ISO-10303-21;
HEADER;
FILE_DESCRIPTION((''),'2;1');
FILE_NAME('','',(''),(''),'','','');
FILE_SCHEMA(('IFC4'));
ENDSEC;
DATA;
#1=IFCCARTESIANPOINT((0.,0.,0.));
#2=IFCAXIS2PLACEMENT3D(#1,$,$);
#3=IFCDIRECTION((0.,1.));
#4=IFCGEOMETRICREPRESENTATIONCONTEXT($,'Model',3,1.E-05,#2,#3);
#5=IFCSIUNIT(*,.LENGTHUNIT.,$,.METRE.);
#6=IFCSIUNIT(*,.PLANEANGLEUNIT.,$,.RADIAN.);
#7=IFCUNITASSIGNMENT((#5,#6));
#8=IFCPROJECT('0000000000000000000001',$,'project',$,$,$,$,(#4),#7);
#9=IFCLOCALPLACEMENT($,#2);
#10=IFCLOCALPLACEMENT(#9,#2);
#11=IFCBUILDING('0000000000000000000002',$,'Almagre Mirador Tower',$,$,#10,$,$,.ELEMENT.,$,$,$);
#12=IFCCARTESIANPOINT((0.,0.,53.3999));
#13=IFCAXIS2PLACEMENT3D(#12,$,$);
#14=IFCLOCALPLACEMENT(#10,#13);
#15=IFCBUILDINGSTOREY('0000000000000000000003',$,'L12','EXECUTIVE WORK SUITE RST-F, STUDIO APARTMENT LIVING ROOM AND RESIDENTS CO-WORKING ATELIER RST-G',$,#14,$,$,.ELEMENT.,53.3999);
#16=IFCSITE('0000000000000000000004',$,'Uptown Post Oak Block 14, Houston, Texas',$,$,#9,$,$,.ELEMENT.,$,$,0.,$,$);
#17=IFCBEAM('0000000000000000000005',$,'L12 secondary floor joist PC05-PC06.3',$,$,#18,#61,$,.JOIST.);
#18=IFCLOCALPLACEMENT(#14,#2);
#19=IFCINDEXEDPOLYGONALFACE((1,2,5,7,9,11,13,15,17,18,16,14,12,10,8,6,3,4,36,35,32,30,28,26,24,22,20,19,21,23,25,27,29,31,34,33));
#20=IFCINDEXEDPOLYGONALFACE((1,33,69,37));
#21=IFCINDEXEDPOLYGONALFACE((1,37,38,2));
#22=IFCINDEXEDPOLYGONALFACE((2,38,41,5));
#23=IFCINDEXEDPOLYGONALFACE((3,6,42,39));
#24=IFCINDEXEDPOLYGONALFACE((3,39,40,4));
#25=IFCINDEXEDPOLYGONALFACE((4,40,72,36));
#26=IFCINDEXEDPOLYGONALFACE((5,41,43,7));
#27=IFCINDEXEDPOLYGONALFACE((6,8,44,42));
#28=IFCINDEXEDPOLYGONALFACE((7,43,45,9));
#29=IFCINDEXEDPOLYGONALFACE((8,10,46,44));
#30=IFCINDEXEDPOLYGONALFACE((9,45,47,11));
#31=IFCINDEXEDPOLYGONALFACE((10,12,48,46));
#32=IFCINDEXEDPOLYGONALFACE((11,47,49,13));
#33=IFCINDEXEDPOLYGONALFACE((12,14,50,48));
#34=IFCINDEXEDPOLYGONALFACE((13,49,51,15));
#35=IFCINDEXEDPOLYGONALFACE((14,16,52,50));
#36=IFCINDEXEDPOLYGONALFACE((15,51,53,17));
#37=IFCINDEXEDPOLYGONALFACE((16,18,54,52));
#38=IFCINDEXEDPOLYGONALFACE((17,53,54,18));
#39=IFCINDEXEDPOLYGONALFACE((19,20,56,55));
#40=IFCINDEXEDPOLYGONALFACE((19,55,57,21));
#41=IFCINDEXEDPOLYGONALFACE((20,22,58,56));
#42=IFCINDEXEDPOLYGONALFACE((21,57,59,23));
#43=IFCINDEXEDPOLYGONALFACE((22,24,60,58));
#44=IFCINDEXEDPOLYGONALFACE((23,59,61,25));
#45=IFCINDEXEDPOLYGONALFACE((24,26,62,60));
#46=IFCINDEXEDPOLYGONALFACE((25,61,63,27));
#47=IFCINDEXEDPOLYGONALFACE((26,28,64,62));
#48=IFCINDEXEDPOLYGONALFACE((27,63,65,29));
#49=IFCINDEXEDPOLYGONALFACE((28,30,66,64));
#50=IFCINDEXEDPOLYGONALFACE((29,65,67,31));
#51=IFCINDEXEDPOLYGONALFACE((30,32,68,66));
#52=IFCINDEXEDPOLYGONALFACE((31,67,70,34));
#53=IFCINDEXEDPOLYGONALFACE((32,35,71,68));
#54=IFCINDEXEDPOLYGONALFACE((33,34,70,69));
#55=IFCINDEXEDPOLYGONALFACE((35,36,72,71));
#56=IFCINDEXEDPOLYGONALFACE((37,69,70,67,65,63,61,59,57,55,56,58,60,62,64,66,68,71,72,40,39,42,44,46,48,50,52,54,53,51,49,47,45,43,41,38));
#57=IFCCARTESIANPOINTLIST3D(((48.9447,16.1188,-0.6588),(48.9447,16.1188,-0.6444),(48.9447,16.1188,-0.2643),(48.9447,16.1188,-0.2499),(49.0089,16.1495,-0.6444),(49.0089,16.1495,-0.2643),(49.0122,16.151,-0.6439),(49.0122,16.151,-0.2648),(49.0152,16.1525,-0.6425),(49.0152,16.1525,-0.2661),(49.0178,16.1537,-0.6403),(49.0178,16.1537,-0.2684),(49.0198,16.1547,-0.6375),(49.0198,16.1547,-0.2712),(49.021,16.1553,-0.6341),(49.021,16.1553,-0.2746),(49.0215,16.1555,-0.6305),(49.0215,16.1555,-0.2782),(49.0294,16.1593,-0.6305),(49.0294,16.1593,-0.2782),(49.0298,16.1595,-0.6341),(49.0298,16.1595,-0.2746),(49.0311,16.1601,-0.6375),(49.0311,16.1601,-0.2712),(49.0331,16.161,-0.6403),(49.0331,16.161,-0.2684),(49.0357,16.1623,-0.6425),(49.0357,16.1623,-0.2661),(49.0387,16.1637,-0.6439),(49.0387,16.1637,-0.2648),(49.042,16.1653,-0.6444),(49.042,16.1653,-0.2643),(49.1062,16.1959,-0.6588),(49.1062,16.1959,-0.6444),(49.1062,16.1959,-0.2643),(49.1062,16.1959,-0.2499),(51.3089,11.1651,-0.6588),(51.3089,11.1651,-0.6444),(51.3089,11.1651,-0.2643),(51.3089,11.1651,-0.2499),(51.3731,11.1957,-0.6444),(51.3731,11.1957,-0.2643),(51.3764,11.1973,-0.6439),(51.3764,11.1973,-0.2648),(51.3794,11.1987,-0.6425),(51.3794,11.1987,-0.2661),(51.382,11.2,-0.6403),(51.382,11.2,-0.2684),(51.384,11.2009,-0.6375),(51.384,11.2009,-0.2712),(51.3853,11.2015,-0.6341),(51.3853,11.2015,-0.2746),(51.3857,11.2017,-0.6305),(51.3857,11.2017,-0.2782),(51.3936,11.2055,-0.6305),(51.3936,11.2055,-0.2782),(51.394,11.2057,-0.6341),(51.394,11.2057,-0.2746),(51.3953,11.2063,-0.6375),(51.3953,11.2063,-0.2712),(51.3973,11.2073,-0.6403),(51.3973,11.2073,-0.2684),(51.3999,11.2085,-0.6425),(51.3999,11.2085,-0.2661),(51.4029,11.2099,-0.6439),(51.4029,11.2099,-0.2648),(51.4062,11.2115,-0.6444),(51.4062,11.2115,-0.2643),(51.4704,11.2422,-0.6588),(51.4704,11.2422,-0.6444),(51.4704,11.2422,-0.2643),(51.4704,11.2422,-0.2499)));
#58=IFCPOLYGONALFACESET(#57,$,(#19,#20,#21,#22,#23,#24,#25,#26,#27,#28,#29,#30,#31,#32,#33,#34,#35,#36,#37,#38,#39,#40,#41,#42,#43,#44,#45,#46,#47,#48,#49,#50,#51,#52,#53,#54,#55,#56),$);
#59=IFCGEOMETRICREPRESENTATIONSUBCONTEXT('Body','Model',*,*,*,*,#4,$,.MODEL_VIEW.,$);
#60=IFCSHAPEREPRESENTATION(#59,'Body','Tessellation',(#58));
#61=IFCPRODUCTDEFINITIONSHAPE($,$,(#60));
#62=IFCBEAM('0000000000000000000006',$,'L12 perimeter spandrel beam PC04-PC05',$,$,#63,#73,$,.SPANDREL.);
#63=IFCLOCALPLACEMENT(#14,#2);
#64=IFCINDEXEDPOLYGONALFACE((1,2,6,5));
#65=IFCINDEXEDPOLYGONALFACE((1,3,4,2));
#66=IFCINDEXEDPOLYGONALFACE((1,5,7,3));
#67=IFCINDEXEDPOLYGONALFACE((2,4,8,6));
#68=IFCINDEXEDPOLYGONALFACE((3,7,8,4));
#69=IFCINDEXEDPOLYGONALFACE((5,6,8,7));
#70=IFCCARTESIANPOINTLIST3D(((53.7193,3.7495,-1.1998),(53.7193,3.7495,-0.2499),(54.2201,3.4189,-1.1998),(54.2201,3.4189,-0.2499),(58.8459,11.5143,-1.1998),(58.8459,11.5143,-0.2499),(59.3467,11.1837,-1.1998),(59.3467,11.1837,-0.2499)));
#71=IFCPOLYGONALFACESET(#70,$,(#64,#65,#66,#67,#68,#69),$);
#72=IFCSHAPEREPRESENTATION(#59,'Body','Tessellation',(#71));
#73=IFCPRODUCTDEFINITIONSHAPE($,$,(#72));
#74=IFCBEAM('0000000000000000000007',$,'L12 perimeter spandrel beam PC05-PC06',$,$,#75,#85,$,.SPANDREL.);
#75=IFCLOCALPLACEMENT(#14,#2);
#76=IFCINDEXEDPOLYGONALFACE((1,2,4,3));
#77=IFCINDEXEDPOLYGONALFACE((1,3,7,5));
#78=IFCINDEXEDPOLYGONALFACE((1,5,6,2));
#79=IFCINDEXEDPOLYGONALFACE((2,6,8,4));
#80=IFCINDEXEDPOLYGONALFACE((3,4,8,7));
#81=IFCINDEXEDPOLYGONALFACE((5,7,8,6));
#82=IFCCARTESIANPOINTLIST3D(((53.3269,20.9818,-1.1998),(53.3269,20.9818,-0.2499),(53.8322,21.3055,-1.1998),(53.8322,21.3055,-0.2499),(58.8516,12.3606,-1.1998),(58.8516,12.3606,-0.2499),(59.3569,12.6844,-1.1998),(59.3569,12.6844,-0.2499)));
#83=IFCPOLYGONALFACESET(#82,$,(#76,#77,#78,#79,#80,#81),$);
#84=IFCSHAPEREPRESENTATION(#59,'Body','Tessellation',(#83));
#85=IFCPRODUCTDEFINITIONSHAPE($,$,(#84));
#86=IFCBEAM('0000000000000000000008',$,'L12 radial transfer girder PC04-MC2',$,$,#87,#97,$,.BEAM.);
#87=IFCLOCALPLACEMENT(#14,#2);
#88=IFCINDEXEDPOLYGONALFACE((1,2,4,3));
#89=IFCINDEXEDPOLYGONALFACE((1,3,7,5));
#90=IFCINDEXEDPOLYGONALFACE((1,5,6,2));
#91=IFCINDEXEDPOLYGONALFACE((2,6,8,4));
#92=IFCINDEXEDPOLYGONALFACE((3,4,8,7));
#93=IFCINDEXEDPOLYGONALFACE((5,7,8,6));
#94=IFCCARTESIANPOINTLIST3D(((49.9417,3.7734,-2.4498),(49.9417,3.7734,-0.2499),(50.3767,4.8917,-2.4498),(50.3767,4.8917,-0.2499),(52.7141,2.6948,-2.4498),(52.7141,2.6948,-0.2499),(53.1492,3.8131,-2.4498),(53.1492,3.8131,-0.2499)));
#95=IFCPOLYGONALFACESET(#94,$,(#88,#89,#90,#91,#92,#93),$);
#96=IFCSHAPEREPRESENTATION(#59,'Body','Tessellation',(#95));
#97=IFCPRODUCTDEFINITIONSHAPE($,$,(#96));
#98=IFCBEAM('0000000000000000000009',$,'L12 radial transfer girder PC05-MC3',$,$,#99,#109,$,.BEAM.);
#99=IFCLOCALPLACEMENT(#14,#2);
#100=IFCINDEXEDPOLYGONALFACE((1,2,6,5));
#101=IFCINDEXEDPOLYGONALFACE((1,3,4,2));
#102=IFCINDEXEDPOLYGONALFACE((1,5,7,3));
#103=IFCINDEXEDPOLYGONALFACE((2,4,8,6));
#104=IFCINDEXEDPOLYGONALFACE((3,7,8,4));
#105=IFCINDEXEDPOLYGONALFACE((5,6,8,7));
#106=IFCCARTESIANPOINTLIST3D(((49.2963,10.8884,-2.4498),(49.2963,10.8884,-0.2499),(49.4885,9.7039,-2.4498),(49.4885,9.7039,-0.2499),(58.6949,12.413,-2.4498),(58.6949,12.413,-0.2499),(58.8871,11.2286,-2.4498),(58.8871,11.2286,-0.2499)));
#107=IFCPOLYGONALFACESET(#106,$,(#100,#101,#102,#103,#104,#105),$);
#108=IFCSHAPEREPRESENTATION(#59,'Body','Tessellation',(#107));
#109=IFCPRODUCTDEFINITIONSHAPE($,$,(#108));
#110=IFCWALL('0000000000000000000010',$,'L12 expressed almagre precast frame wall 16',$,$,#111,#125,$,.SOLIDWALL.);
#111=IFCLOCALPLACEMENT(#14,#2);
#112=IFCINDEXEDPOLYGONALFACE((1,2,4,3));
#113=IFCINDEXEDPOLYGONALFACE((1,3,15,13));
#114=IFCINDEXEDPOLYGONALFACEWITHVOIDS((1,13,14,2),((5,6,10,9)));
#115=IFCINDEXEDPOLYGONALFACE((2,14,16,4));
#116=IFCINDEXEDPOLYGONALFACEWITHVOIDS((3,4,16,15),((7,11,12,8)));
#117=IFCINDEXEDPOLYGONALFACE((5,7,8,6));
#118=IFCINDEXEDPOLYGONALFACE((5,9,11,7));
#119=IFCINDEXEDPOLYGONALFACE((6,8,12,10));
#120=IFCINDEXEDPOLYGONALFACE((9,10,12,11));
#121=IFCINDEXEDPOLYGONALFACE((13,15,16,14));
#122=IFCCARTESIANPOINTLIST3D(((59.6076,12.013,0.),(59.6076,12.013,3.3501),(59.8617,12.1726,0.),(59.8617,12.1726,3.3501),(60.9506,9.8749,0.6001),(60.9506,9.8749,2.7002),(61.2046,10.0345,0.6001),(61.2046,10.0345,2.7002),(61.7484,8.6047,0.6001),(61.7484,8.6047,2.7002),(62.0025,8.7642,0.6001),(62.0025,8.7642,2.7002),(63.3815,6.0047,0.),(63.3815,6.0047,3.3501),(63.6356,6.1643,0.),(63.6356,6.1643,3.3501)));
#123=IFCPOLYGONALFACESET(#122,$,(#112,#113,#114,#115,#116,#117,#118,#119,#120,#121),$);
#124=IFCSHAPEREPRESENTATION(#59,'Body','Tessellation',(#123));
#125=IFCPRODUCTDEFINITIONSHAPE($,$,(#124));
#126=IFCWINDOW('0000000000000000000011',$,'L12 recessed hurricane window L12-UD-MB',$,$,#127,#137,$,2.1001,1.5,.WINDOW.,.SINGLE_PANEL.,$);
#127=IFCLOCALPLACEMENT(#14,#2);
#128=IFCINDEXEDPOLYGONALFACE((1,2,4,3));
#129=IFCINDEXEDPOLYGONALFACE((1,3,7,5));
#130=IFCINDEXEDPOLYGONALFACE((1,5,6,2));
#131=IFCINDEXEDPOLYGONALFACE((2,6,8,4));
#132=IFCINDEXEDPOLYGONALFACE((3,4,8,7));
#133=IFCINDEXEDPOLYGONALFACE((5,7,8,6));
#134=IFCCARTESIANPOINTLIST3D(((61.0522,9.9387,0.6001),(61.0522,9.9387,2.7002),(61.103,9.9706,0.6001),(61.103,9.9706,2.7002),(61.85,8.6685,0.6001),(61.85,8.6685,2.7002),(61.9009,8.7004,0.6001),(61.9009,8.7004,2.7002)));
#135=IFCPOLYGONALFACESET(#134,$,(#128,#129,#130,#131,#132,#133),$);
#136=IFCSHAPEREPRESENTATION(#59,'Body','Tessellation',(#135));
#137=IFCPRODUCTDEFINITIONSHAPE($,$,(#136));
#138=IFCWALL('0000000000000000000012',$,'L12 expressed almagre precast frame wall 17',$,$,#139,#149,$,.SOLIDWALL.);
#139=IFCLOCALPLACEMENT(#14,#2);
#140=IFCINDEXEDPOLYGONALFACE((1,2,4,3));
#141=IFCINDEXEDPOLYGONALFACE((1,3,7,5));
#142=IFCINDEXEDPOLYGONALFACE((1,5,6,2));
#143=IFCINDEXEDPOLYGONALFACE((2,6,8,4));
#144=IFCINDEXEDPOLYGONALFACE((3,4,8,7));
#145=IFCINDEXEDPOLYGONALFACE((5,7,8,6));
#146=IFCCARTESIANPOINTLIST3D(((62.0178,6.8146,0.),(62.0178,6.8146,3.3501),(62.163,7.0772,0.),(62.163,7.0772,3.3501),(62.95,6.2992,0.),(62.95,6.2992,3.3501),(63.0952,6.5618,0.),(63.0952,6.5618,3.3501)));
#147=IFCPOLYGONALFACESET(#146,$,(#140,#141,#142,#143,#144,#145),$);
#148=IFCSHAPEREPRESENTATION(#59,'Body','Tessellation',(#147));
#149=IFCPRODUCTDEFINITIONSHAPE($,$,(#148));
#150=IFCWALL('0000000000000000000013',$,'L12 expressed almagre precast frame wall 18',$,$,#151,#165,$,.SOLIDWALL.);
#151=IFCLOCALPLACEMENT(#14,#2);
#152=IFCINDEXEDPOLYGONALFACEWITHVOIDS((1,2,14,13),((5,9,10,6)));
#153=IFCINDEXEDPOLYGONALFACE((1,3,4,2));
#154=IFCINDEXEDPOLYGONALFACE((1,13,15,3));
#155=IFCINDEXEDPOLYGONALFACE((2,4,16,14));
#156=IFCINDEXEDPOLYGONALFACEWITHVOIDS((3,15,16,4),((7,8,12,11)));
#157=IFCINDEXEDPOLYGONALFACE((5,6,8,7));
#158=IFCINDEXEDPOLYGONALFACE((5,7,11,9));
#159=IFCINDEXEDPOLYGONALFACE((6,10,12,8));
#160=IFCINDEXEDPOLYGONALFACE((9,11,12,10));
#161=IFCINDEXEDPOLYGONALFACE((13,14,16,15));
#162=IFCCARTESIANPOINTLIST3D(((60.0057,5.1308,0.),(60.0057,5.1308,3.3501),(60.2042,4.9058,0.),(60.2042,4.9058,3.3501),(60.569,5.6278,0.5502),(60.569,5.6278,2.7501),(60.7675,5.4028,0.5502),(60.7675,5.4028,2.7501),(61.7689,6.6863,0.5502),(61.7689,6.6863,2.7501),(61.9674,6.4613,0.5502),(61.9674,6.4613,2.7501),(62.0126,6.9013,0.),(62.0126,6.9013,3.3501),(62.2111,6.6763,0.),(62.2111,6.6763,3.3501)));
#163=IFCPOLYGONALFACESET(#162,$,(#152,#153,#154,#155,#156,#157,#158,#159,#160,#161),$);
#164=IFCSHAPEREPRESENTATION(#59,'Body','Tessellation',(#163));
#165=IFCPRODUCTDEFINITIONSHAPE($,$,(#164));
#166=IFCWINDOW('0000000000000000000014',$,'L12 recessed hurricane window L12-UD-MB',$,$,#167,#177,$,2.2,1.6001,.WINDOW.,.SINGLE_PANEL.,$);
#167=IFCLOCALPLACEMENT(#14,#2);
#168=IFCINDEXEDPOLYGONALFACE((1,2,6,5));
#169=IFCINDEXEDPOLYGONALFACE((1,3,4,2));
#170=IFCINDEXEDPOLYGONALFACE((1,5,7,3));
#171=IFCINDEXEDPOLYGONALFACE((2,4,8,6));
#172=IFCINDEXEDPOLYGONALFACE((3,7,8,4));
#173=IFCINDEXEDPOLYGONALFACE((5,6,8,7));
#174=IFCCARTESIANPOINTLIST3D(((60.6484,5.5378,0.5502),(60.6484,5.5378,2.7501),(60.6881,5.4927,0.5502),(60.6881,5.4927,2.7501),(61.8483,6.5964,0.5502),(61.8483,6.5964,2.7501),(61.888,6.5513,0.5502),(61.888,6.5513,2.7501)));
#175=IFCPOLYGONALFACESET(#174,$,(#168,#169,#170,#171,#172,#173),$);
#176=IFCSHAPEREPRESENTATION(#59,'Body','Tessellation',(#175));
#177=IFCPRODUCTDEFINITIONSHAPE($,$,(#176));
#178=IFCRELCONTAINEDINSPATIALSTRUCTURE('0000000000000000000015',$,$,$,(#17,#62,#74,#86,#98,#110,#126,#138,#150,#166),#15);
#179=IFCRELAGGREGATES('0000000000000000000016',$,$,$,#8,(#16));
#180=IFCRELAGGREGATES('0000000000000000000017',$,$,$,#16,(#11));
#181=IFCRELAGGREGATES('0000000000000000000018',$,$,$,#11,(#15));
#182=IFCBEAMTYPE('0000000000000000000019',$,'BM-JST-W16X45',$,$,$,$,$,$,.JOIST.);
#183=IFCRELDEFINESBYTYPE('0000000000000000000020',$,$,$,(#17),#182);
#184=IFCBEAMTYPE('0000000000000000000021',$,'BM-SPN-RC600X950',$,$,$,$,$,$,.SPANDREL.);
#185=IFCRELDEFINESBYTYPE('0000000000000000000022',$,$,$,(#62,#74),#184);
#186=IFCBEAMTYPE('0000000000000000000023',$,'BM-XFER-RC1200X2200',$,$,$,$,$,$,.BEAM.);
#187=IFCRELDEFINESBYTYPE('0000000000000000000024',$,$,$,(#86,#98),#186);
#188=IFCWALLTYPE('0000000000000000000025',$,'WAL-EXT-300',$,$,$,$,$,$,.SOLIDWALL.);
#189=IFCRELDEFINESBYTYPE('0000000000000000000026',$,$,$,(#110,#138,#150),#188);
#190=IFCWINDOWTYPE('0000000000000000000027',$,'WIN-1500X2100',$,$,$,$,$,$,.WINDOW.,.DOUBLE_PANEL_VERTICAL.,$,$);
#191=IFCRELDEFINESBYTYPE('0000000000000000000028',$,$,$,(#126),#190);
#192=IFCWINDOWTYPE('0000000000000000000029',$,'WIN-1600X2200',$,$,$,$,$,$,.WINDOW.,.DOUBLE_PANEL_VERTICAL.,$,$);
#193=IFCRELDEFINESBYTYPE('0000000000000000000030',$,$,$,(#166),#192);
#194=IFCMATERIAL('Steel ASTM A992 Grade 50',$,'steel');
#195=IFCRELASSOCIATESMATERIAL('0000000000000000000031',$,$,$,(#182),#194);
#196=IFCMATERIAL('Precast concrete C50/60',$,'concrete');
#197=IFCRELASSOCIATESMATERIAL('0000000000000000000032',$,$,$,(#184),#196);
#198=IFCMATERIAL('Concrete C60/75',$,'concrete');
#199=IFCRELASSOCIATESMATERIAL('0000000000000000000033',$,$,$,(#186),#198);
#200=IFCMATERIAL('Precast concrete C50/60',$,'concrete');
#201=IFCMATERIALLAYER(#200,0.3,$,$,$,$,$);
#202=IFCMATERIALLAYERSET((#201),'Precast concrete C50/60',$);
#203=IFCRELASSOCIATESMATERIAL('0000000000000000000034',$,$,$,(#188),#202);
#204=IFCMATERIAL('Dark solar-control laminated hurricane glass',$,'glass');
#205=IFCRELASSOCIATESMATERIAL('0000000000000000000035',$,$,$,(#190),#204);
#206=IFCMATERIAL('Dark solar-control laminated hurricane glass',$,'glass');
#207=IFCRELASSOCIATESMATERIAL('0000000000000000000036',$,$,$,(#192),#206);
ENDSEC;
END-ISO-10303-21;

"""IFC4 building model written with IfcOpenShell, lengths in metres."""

from ifc_helpers import new_model, si_unit, direction, frame, frame_2d, origin, origin_2d, place, context, subcontext, project, spatial, rectangle, i_section, extrude, material, layer, layer_set, material_profile, profile_set, type_object, element, fill, save


model = new_model("IFC4")

# Units and contexts
model_context = context("Model", 3, precision=1e-05, world=origin(), true_north=direction((0.0, 1.0)))
body_context = subcontext(model_context, "Body", "Model", "MODEL_VIEW")
ifc_project = project(units=[si_unit("LENGTHUNIT", "METRE"), si_unit("PLANEANGLEUNIT", "RADIAN")], contexts=[model_context])

# Site, building, storey
site_placement = place(None, origin())
site = spatial("IfcSite", under=ifc_project, at=site_placement, Name="Uptown Post Oak Block 14, Houston, Texas", CompositionType="ELEMENT", RefElevation=0.0)
building_placement = place(site_placement, origin())
building = spatial("IfcBuilding", under=site, at=building_placement, Name="Almagre Mirador Tower", CompositionType="ELEMENT")
storey_placement = place(building_placement, frame((0.0, 0.0, 53.3999)))
storey = spatial("IfcBuildingStorey", under=building, at=storey_placement, Name="L12", Description="EXECUTIVE WORK SUITE RST-F, STUDIO APARTMENT LIVING ROOM AND RESIDENTS CO-WORKING ATELIER RST-G", CompositionType="ELEMENT", Elevation=53.3999)

# Beams
ifc_material_1 = material(Name="Steel ASTM A992 Grade 50", Category="steel")
ifc_material_profile_1 = material_profile(ifc_material_1, i_section(OverallWidth=0.179, OverallDepth=0.4089, WebThickness=0.0088, FlangeThickness=0.0144, FilletRadius=0.0139, at=origin_2d()), Name="W16X45")
ifc_profile_set_1 = profile_set([ifc_material_profile_1], Name="Steel ASTM A992 Grade 50")
beam_type_1 = type_object("IfcBeamType", Name="BM-JST-W16X45", PredefinedType="JOIST", material=ifc_profile_set_1)
beam_1_placement = place(storey_placement, frame((51.3896, 11.2036, -0.4543), z_axis=(-0.430717, 0.902487, 0.0), x_axis=(-0.902487, -0.430717, 0.0)))
element("IfcBeam", 1, at=beam_1_placement, inside=storey, type_object=beam_type_1, Name="L12 secondary floor joist PC05-PC06.3", PredefinedType="JOIST", context=body_context, shape_type="SweptSolid", body=[
    extrude(i_section(OverallWidth=0.179, OverallDepth=0.4089, WebThickness=0.0088, FlangeThickness=0.0144, FilletRadius=0.0139, at=origin_2d()), origin(), (0.0, 0.0, 1.0), 5.489),
])
ifc_material_2 = material(Name="Precast concrete C50/60", Category="concrete")
ifc_material_profile_2 = material_profile(ifc_material_2, rectangle(XDim=0.6001, YDim=0.95, at=origin_2d()), Name="RC600X950")
ifc_profile_set_2 = profile_set([ifc_material_profile_2], Name="Precast concrete C50/60")
beam_type_2 = type_object("IfcBeamType", Name="BM-SPN-RC600X950", PredefinedType="SPANDREL", material=ifc_profile_set_2)
beam_2_placement = place(storey_placement, frame((53.9697, 3.5842, -0.7249), z_axis=(0.550977, 0.834521, 0.0), x_axis=(-0.834521, 0.550977, 0.0)))
element("IfcBeam", 2, at=beam_2_placement, inside=storey, type_object=beam_type_2, Name="L12 perimeter spandrel beam PC04-PC05", PredefinedType="SPANDREL", context=body_context, shape_type="SweptSolid", body=[
    extrude(rectangle(XDim=0.6001, YDim=0.95, at=origin_2d()), origin(), (0.0, 0.0, 1.0), 9.3044),
])
beam_3_placement = place(storey_placement, frame((59.1042, 12.5225, -0.7249), z_axis=(-0.53955, 0.841954, 0.0), x_axis=(-0.841954, -0.53955, 0.0)))
element("IfcBeam", 3, at=beam_3_placement, inside=storey, type_object=beam_type_2, Name="L12 perimeter spandrel beam PC05-PC06", PredefinedType="SPANDREL", context=body_context, shape_type="SweptSolid", body=[
    extrude(rectangle(XDim=0.6001, YDim=0.95, at=origin_2d()), origin(), (0.0, 0.0, 1.0), 10.2395),
])
ifc_material_3 = material(Name="Concrete C60/75", Category="concrete")
ifc_material_profile_3 = material_profile(ifc_material_3, rectangle(XDim=1.2, YDim=2.2, at=origin_2d()), Name="RC1200X2200")
ifc_profile_set_3 = profile_set([ifc_material_profile_3], Name="Concrete C60/75")
beam_type_3 = type_object("IfcBeamType", Name="BM-XFER-RC1200X2200", PredefinedType="BEAM", material=ifc_profile_set_3)
beam_4_placement = place(storey_placement, frame((52.9316, 3.2539, -1.3499), z_axis=(-0.931955, 0.362573, 0.0), x_axis=(-0.362573, -0.931955, 0.0)))
element("IfcBeam", 4, at=beam_4_placement, inside=storey, type_object=beam_type_3, Name="L12 radial transfer girder PC04-MC2", PredefinedType="BEAM", context=body_context, shape_type="SweptSolid", body=[
    extrude(rectangle(XDim=1.2, YDim=2.2, at=origin_2d()), origin(), (0.0, 0.0, 1.0), 2.9749),
])
beam_5_placement = place(storey_placement, frame((58.791, 11.8208, -1.3499), z_axis=(-0.987096, -0.160127, 0.0), x_axis=(0.160127, -0.987096, 0.0)))
element("IfcBeam", 5, at=beam_5_placement, inside=storey, type_object=beam_type_3, Name="L12 radial transfer girder PC05-MC3", PredefinedType="BEAM", context=body_context, shape_type="SweptSolid", body=[
    extrude(rectangle(XDim=1.2, YDim=2.2, at=origin_2d()), origin(), (0.0, 0.0, 1.0), 9.5215),
])

# Wall, opening, window
ifc_material_4 = material(Name="Precast concrete C50/60", Category="concrete")
ifc_layer_1 = layer(ifc_material_4, 0.3)
ifc_layer_set_1 = layer_set([ifc_layer_1], Name="Precast concrete C50/60")
wall_type_1 = type_object("IfcWallType", Name="WAL-EXT-300", PredefinedType="SOLIDWALL", material=ifc_layer_set_1)
wall_1_placement = place(storey_placement, frame((59.7346, 12.0928, 0.0), z_axis=(0.0, 0.0, 1.0), x_axis=(0.531897, -0.846809, 0.0)))
wall_1 = element("IfcWall", 6, at=wall_1_placement, inside=storey, type_object=wall_type_1, Name="L12 expressed almagre precast frame wall 16", PredefinedType="SOLIDWALL", context=body_context, shape_type="SweptSolid", body=[
    extrude(rectangle(XDim=7.0952, YDim=0.3, at=frame_2d((3.5476, 0.0))), origin(), (0.0, 0.0, 1.0), 3.3501),
])
opening_1_placement = place(wall_1_placement, frame((2.5249, 0.0, 0.6001)))
opening_1 = element("IfcOpeningElement", 7, at=opening_1_placement, cuts=wall_1, PredefinedType="OPENING", context=body_context, shape_type="SweptSolid", body=[
    extrude(rectangle(XDim=1.5, YDim=2.1001, at=frame_2d((0.75, 1.05))), frame((0.0, 0.1599, 0.0), z_axis=(0.0, -1.0, 0.0), x_axis=(1.0, 0.0, 0.0)), (0.0, 0.0, 1.0), 0.32),
])
ifc_material_5 = material(Name="Dark solar-control laminated hurricane glass", Category="glass")
window_type_1 = type_object("IfcWindowType", Name="WIN-1500X2100", PartitioningType="DOUBLE_PANEL_VERTICAL", PredefinedType="WINDOW", material=ifc_material_5)
window_1_placement = place(opening_1_placement, origin())
window_1 = element("IfcWindow", 8, at=window_1_placement, inside=storey, type_object=window_type_1, Name="L12 recessed hurricane window L12-UD-MB", OverallHeight=2.1001, OverallWidth=1.5, PartitioningType="SINGLE_PANEL", PredefinedType="WINDOW", context=body_context, shape_type="SweptSolid", body=[
    extrude(rectangle(XDim=1.5, YDim=2.1001, at=frame_2d((0.75, 1.05))), frame((0.0, 0.03, 0.0), z_axis=(0.0, -1.0, 0.0), x_axis=(1.0, 0.0, 0.0)), (0.0, 0.0, 1.0), 0.0601),
])
fill(opening_1, window_1)

# Wall
wall_2_placement = place(storey_placement, frame((63.0227, 6.4304, 0.0), z_axis=(0.0, 0.0, 1.0), x_axis=(-0.875139, 0.483871, 0.0)))
element("IfcWall", 9, at=wall_2_placement, inside=storey, type_object=wall_type_1, Name="L12 expressed almagre precast frame wall 17", PredefinedType="SOLIDWALL", context=body_context, shape_type="SweptSolid", body=[
    extrude(rectangle(XDim=1.0652, YDim=0.3, at=frame_2d((0.5327, 0.0))), origin(), (0.0, 0.0, 1.0), 3.3501),
])

# Wall, opening, window
wall_3_placement = place(storey_placement, frame((62.1118, 6.7888, 0.0), z_axis=(0.0, 0.0, 1.0), x_axis=(-0.74988, -0.661573, 0.0)))
wall_3 = element("IfcWall", 10, at=wall_3_placement, inside=storey, type_object=wall_type_1, Name="L12 expressed almagre precast frame wall 18", PredefinedType="SOLIDWALL", context=body_context, shape_type="SweptSolid", body=[
    extrude(rectangle(XDim=2.6763, YDim=0.3, at=frame_2d((1.3381, 0.0))), origin(), (0.0, 0.0, 1.0), 3.3501),
])
opening_2_placement = place(wall_3_placement, frame((0.325, 0.0, 0.55)))
opening_2 = element("IfcOpeningElement", 11, at=opening_2_placement, cuts=wall_3, PredefinedType="OPENING", context=body_context, shape_type="SweptSolid", body=[
    extrude(rectangle(XDim=1.6001, YDim=2.2, at=frame_2d((0.8, 1.1001))), frame((0.0, 0.1599, 0.0), z_axis=(0.0, -1.0, 0.0), x_axis=(1.0, 0.0, 0.0)), (0.0, 0.0, 1.0), 0.32),
])
ifc_material_6 = material(Name="Dark solar-control laminated hurricane glass", Category="glass")
window_type_2 = type_object("IfcWindowType", Name="WIN-1600X2200", PartitioningType="DOUBLE_PANEL_VERTICAL", PredefinedType="WINDOW", material=ifc_material_6)
window_2_placement = place(opening_2_placement, origin())
window_2 = element("IfcWindow", 12, at=window_2_placement, inside=storey, type_object=window_type_2, Name="L12 recessed hurricane window L12-UD-MB", OverallHeight=2.2, OverallWidth=1.6001, PartitioningType="SINGLE_PANEL", PredefinedType="WINDOW", context=body_context, shape_type="SweptSolid", body=[
    extrude(rectangle(XDim=1.6001, YDim=2.2, at=frame_2d((0.8, 1.1001))), frame((0.0, 0.03, 0.0), z_axis=(0.0, -1.0, 0.0), x_axis=(1.0, 0.0, 0.0)), (0.0, 0.0, 1.0), 0.0601),
])
fill(opening_2, window_2)

save(model, "model.ifc")
